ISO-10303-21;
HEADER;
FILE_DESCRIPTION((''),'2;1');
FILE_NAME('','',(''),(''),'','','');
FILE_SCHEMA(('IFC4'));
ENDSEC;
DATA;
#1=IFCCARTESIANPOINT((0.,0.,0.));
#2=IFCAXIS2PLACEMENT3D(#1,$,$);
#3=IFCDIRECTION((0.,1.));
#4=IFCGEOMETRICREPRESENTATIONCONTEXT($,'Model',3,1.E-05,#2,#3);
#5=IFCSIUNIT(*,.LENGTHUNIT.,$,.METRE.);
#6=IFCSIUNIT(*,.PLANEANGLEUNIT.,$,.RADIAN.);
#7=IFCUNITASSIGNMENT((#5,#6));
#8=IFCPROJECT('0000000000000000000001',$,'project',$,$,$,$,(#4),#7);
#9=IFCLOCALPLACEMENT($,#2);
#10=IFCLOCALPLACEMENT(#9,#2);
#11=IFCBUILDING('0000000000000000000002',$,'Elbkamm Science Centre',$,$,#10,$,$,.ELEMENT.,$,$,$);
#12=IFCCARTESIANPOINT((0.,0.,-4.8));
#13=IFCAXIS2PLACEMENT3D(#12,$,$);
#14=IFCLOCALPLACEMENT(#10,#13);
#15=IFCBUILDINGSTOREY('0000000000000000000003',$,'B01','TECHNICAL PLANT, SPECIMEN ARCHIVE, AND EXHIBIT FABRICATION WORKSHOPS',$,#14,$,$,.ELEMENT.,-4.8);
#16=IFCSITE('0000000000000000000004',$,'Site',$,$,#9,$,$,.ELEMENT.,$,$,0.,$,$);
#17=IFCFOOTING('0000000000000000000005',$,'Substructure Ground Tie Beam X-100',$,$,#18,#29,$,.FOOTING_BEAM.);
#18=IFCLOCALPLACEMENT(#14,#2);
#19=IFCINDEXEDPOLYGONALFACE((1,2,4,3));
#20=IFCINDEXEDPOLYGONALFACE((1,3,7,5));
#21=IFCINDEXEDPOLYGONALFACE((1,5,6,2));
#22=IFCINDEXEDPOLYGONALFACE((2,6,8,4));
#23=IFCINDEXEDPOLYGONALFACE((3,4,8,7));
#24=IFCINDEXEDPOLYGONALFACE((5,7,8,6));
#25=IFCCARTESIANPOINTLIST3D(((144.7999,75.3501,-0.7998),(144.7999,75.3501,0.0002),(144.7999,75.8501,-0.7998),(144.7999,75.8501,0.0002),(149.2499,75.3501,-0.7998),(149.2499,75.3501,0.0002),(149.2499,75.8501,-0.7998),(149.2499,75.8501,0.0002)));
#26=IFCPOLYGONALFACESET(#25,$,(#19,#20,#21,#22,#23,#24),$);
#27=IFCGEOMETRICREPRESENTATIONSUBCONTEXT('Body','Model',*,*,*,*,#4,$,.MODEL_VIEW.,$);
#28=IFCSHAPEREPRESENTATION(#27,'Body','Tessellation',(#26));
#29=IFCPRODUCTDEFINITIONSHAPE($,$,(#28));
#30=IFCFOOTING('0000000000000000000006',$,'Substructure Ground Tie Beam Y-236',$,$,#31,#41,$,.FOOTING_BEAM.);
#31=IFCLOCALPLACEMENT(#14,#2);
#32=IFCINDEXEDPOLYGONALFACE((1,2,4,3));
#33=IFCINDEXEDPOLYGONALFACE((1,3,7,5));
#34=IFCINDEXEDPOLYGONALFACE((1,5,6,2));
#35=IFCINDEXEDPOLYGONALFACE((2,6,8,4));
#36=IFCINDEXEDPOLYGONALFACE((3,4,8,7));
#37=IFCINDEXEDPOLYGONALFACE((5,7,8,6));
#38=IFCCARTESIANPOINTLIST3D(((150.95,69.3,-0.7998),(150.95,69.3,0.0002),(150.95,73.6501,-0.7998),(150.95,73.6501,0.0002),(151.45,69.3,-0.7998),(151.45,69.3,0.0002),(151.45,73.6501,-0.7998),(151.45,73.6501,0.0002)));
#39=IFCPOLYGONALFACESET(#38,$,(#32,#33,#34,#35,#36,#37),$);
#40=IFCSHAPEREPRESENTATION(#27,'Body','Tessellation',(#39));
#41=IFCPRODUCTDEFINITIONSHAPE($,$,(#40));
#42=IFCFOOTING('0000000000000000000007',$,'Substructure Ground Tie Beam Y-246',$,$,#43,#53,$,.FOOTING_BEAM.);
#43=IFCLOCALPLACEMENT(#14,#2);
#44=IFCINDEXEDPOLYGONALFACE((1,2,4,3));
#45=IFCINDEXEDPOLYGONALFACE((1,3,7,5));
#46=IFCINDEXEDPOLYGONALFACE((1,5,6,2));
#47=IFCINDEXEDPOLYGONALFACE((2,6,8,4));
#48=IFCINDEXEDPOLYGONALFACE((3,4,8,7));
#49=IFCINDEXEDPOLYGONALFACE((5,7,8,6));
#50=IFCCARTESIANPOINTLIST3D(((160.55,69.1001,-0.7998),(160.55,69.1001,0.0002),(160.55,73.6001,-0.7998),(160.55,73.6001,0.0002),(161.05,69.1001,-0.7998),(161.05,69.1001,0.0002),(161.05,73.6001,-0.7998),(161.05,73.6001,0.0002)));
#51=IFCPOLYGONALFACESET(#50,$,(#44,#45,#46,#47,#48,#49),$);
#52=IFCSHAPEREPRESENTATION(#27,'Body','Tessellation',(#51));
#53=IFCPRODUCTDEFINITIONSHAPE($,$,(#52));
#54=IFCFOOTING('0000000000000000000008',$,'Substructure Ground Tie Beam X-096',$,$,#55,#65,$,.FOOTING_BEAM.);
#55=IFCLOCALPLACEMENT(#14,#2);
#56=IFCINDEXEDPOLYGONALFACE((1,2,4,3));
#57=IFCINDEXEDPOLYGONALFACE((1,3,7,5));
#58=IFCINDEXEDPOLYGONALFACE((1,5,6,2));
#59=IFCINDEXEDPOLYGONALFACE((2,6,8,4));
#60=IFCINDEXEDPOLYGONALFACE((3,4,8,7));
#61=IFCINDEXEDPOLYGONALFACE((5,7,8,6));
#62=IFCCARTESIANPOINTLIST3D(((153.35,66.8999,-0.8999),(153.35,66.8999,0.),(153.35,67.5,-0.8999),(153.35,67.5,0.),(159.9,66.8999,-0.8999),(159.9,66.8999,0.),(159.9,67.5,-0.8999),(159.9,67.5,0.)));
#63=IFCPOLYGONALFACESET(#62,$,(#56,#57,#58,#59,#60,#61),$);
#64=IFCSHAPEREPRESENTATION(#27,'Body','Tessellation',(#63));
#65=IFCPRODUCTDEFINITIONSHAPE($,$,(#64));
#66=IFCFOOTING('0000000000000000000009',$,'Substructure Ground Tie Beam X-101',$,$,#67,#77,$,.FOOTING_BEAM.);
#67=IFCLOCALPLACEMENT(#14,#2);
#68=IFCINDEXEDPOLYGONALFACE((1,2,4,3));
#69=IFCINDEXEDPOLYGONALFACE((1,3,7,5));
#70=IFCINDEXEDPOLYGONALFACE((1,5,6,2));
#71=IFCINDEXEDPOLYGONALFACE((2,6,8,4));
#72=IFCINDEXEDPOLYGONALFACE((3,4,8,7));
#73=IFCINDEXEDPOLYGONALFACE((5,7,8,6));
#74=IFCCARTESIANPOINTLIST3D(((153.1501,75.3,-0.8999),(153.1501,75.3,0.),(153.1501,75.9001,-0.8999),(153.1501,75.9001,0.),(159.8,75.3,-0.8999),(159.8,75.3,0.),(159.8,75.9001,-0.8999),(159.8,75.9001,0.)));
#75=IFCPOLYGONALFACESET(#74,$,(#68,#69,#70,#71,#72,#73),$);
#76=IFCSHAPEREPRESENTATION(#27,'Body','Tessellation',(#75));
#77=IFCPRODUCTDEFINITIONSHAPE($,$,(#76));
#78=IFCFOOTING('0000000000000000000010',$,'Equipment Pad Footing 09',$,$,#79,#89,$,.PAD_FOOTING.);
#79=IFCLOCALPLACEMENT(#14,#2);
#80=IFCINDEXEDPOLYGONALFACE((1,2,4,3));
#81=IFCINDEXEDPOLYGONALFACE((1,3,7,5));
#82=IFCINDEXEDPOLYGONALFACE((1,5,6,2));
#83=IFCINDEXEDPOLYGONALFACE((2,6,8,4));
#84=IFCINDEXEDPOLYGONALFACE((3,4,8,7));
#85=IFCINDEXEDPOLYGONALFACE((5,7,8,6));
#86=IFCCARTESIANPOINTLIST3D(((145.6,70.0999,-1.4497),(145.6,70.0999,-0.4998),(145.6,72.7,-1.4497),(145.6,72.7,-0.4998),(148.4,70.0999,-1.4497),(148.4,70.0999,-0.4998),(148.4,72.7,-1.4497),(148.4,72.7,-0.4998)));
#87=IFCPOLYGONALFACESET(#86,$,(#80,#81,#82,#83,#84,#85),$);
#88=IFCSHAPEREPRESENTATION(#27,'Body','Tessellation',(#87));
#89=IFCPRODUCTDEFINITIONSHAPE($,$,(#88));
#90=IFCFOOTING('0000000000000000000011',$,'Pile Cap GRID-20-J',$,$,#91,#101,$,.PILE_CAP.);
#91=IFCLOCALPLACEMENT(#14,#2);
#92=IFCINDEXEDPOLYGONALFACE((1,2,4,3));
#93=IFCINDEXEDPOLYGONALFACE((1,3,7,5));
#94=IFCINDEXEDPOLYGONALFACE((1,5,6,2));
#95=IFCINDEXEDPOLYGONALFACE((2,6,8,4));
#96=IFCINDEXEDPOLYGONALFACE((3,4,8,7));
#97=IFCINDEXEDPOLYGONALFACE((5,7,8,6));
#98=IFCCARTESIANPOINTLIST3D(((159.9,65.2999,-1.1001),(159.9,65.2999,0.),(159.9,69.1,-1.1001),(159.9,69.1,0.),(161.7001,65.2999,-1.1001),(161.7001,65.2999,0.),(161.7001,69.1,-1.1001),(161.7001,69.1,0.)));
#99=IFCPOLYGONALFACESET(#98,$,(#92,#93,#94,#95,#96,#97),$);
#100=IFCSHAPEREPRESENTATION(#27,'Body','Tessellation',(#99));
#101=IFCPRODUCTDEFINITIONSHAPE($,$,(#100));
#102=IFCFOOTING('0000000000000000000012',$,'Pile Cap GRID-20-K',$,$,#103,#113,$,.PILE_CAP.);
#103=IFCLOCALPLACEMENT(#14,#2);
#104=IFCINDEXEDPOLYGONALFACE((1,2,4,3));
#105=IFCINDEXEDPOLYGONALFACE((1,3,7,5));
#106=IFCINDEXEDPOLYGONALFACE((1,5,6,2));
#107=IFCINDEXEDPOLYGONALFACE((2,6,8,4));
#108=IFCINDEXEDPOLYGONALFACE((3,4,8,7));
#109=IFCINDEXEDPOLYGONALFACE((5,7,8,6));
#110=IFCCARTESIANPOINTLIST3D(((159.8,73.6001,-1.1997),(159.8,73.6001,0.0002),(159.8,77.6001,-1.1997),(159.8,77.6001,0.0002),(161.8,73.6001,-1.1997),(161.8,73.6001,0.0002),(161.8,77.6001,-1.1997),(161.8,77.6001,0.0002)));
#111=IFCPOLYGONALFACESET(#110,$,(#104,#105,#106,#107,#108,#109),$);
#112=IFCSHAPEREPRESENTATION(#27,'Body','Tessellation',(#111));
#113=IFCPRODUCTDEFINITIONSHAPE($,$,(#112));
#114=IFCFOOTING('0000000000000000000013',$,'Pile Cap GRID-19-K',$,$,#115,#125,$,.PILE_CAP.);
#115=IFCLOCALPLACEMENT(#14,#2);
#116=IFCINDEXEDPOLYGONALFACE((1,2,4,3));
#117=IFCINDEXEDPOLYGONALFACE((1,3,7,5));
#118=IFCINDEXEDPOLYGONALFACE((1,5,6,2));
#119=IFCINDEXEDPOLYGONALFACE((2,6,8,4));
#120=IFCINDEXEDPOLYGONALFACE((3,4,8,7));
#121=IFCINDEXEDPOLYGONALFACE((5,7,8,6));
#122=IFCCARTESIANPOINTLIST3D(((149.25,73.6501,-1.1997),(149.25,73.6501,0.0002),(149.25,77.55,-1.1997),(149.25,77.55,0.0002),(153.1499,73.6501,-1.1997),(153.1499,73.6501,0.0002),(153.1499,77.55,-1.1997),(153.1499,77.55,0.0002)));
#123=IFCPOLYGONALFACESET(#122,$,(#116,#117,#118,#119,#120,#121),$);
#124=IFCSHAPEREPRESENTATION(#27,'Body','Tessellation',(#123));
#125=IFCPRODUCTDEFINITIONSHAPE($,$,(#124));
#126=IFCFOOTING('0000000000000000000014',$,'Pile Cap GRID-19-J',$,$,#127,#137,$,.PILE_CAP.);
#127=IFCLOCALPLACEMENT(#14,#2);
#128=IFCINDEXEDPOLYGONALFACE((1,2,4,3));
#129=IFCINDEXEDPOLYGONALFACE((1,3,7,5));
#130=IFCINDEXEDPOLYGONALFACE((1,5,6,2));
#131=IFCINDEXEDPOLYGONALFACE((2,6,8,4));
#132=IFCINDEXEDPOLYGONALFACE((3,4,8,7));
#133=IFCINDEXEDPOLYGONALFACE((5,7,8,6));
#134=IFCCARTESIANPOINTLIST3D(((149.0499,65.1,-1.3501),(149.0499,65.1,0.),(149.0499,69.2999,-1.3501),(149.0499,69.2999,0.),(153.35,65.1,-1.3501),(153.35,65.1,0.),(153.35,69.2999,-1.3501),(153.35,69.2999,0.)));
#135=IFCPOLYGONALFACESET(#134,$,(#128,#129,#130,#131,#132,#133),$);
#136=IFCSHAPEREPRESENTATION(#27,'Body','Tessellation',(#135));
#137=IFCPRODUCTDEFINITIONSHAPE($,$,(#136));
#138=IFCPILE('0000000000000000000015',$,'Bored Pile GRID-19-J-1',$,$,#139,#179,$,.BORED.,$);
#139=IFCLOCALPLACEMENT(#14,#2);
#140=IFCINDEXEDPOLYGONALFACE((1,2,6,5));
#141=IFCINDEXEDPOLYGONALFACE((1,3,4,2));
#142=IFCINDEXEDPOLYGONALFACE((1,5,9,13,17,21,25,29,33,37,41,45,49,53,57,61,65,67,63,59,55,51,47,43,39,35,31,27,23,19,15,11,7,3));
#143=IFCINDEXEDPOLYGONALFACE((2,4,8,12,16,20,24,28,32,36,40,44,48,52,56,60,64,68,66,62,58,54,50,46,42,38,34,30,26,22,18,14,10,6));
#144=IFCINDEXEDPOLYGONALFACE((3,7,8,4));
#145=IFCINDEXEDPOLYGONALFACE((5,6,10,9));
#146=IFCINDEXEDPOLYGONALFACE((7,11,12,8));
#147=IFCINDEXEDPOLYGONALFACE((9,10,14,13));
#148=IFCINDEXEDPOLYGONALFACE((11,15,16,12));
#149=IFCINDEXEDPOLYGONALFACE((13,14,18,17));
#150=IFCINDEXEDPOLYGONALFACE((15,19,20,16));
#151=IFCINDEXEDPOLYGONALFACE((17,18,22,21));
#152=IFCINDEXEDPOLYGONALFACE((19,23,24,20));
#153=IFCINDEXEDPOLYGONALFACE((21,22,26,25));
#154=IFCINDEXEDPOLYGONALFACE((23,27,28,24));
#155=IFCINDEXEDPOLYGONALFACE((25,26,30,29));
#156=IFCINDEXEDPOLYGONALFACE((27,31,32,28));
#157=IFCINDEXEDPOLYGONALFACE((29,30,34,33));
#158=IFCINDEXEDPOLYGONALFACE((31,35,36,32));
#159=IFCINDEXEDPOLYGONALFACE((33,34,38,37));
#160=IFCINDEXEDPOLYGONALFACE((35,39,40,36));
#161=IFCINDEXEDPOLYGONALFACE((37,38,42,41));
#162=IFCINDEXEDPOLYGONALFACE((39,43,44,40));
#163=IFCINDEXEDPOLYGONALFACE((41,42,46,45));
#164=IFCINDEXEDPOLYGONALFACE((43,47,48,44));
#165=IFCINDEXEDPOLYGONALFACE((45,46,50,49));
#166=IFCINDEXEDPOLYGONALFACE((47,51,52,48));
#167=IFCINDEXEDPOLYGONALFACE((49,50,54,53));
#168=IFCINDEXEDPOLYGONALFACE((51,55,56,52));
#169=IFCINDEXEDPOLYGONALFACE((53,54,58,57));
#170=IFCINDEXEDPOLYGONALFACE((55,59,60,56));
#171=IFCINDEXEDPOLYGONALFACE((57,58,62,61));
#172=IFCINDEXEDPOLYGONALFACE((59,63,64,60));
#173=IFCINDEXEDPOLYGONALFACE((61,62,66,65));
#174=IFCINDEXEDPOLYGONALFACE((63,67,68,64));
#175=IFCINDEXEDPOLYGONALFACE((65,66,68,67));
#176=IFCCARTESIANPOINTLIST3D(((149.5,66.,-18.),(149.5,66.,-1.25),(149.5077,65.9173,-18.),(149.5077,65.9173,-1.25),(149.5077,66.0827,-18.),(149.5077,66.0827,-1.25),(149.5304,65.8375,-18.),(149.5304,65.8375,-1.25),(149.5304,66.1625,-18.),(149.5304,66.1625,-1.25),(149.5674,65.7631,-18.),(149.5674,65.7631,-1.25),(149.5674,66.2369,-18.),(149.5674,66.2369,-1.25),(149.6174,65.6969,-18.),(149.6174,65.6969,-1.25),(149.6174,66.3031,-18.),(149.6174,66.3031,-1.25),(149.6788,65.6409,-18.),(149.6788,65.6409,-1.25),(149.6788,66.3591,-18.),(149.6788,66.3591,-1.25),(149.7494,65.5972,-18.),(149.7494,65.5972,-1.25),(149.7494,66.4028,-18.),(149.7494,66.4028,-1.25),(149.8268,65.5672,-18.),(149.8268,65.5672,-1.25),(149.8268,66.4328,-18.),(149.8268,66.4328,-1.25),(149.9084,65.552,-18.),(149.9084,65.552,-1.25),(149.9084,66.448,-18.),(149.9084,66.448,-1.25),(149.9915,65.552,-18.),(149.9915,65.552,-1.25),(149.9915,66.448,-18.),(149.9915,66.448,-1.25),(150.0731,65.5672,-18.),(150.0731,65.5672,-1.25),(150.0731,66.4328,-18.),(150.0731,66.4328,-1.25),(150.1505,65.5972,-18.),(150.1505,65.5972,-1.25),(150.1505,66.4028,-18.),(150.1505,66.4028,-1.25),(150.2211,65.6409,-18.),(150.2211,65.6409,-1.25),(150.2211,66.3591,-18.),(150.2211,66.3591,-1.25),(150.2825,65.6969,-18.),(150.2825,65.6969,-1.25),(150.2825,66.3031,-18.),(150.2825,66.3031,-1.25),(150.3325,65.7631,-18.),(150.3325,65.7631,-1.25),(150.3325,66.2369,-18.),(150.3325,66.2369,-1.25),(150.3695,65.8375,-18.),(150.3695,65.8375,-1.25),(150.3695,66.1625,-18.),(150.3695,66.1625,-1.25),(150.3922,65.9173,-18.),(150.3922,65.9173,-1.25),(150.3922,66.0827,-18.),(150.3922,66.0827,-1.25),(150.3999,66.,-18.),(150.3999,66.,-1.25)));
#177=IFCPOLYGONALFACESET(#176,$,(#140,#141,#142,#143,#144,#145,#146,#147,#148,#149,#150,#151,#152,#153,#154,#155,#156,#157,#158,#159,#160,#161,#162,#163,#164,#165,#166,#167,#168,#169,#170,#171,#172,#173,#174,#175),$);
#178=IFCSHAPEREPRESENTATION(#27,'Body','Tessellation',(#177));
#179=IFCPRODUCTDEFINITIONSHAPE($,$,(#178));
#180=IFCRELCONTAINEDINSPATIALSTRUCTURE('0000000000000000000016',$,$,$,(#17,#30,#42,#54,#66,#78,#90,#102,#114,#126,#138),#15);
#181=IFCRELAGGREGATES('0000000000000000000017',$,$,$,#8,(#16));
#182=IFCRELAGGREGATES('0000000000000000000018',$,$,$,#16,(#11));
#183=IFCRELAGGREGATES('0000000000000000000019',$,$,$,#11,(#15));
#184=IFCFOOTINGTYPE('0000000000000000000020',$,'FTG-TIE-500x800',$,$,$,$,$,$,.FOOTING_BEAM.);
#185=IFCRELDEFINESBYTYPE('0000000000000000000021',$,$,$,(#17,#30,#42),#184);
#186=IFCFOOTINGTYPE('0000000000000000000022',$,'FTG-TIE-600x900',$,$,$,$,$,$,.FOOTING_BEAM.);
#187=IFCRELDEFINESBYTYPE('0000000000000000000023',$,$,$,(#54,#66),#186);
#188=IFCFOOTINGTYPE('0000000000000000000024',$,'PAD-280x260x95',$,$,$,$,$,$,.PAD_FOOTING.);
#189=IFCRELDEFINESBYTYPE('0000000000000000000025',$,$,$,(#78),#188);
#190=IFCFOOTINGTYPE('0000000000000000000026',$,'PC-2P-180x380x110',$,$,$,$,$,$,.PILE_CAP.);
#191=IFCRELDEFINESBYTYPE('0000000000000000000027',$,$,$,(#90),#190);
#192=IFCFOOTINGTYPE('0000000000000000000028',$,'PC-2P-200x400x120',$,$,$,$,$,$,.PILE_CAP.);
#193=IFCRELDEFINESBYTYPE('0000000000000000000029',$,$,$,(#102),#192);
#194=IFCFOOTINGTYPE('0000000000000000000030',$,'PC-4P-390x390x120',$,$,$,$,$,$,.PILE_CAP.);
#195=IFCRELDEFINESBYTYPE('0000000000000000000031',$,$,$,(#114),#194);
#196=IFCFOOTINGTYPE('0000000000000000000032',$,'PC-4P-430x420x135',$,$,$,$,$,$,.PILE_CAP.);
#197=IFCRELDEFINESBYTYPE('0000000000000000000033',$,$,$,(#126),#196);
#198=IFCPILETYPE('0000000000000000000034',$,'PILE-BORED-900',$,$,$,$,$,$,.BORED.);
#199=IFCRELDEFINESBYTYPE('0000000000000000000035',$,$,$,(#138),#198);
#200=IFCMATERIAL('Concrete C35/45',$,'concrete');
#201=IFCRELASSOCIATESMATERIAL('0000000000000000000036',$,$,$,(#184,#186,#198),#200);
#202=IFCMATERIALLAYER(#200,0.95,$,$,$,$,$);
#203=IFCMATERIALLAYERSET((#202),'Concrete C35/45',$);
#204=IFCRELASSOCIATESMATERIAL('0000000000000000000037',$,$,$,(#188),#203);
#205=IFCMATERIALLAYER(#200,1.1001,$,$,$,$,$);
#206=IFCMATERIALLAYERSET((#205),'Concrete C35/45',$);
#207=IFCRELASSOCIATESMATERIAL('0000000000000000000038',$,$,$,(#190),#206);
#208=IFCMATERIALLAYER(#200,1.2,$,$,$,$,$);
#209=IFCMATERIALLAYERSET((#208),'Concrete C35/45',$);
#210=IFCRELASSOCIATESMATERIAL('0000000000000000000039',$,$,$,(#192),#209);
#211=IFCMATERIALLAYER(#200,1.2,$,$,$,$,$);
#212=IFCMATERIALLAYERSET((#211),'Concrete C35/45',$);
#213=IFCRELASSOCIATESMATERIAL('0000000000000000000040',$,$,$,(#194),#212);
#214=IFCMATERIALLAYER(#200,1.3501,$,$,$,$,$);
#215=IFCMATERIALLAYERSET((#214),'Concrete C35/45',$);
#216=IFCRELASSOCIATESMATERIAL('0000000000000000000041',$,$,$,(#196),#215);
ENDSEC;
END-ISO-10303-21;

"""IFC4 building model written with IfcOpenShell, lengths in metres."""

from ifc_helpers import new_model, si_unit, direction, frame, origin, origin_2d, place, context, subcontext, project, spatial, rectangle, circle, extrude, material, layer, layer_set, material_profile, profile_set, type_object, element, save


model = new_model("IFC4")

# Units and contexts
model_context = context("Model", 3, precision=1e-05, world=origin(), true_north=direction((0.0, 1.0)))
body_context = subcontext(model_context, "Body", "Model", "MODEL_VIEW")
ifc_project = project(units=[si_unit("LENGTHUNIT", "METRE"), si_unit("PLANEANGLEUNIT", "RADIAN")], contexts=[model_context])

# Site, building, storey
site_placement = place(None, origin())
site = spatial("IfcSite", under=ifc_project, at=site_placement, Name="Site", CompositionType="ELEMENT", RefElevation=0.0)
building_placement = place(site_placement, origin())
building = spatial("IfcBuilding", under=site, at=building_placement, Name="Elbkamm Science Centre", CompositionType="ELEMENT")
storey_placement = place(building_placement, frame((0.0, 0.0, -4.8)))
storey = spatial("IfcBuildingStorey", under=building, at=storey_placement, Name="B01", Description="TECHNICAL PLANT, SPECIMEN ARCHIVE, AND EXHIBIT FABRICATION WORKSHOPS", CompositionType="ELEMENT", Elevation=-4.8)

# Footings
ifc_material_1 = material(Name="Concrete C35/45", Category="concrete")
footing_type_1 = type_object("IfcFootingType", Name="FTG-TIE-500x800", PredefinedType="FOOTING_BEAM", material=ifc_material_1)
footing_1_placement = place(storey_placement, frame((147.0249, 75.6001, -0.7998), z_axis=(0.0, 0.0, 1.0), x_axis=(1.0, 0.0, 0.0)))
element("IfcFooting", 1, at=footing_1_placement, inside=storey, type_object=footing_type_1, Name="Substructure Ground Tie Beam X-100", PredefinedType="FOOTING_BEAM", context=body_context, shape_type="SweptSolid", body=[
    extrude(rectangle(XDim=4.45, YDim=0.5, at=origin_2d()), origin(), (0.0, 0.0, 1.0), 0.8),
])
footing_2_placement = place(storey_placement, frame((151.2, 71.4751, -0.7998), z_axis=(0.0, 0.0, 1.0), x_axis=(1.0, 0.0, 0.0)))
element("IfcFooting", 2, at=footing_2_placement, inside=storey, type_object=footing_type_1, Name="Substructure Ground Tie Beam Y-236", PredefinedType="FOOTING_BEAM", context=body_context, shape_type="SweptSolid", body=[
    extrude(rectangle(XDim=0.5, YDim=4.3501, at=origin_2d()), origin(), (0.0, 0.0, 1.0), 0.8),
])
footing_3_placement = place(storey_placement, frame((160.8, 71.3501, -0.7998), z_axis=(0.0, 0.0, 1.0), x_axis=(1.0, 0.0, 0.0)))
element("IfcFooting", 3, at=footing_3_placement, inside=storey, type_object=footing_type_1, Name="Substructure Ground Tie Beam Y-246", PredefinedType="FOOTING_BEAM", context=body_context, shape_type="SweptSolid", body=[
    extrude(rectangle(XDim=0.5, YDim=4.5, at=origin_2d()), origin(), (0.0, 0.0, 1.0), 0.8),
])
footing_type_2 = type_object("IfcFootingType", Name="FTG-TIE-600x900", PredefinedType="FOOTING_BEAM", material=ifc_material_1)
footing_4_placement = place(storey_placement, frame((156.625, 67.2, -0.8999), z_axis=(0.0, 0.0, 1.0), x_axis=(1.0, 0.0, 0.0)))
element("IfcFooting", 4, at=footing_4_placement, inside=storey, type_object=footing_type_2, Name="Substructure Ground Tie Beam X-096", PredefinedType="FOOTING_BEAM", context=body_context, shape_type="SweptSolid", body=[
    extrude(rectangle(XDim=6.55, YDim=0.6001, at=origin_2d()), origin(), (0.0, 0.0, 1.0), 0.8999),
])
footing_5_placement = place(storey_placement, frame((156.4751, 75.6001, -0.8999), z_axis=(0.0, 0.0, 1.0), x_axis=(1.0, 0.0, 0.0)))
element("IfcFooting", 5, at=footing_5_placement, inside=storey, type_object=footing_type_2, Name="Substructure Ground Tie Beam X-101", PredefinedType="FOOTING_BEAM", context=body_context, shape_type="SweptSolid", body=[
    extrude(rectangle(XDim=6.6499, YDim=0.6001, at=origin_2d()), origin(), (0.0, 0.0, 1.0), 0.8999),
])
ifc_layer_1 = layer(ifc_material_1, 0.95)
ifc_layer_set_1 = layer_set([ifc_layer_1], Name="Concrete C35/45")
footing_type_3 = type_object("IfcFootingType", Name="PAD-280x260x95", PredefinedType="PAD_FOOTING", material=ifc_layer_set_1)
footing_6_placement = place(storey_placement, frame((147.0, 71.3999, -1.4497), z_axis=(0.0, 0.0, 1.0), x_axis=(1.0, 0.0, 0.0)))
element("IfcFooting", 6, at=footing_6_placement, inside=storey, type_object=footing_type_3, Name="Equipment Pad Footing 09", PredefinedType="PAD_FOOTING", context=body_context, shape_type="SweptSolid", body=[
    extrude(rectangle(XDim=2.8, YDim=2.6001, at=origin_2d()), origin(), (0.0, 0.0, 1.0), 0.95),
])
ifc_layer_2 = layer(ifc_material_1, 1.1001)
ifc_layer_set_2 = layer_set([ifc_layer_2], Name="Concrete C35/45")
footing_type_4 = type_object("IfcFootingType", Name="PC-2P-180x380x110", PredefinedType="PILE_CAP", material=ifc_layer_set_2)
footing_7_placement = place(storey_placement, frame((160.8, 67.2, -1.1001), z_axis=(0.0, 0.0, 1.0), x_axis=(1.0, 0.0, 0.0)))
element("IfcFooting", 7, at=footing_7_placement, inside=storey, type_object=footing_type_4, Name="Pile Cap GRID-20-J", PredefinedType="PILE_CAP", context=body_context, shape_type="SweptSolid", body=[
    extrude(rectangle(XDim=1.8, YDim=3.8, at=origin_2d()), origin(), (0.0, 0.0, 1.0), 1.1001),
])
ifc_layer_3 = layer(ifc_material_1, 1.2)
ifc_layer_set_3 = layer_set([ifc_layer_3], Name="Concrete C35/45")
footing_type_5 = type_object("IfcFootingType", Name="PC-2P-200x400x120", PredefinedType="PILE_CAP", material=ifc_layer_set_3)
footing_8_placement = place(storey_placement, frame((160.8, 75.6001, -1.1997), z_axis=(0.0, 0.0, 1.0), x_axis=(1.0, 0.0, 0.0)))
element("IfcFooting", 8, at=footing_8_placement, inside=storey, type_object=footing_type_5, Name="Pile Cap GRID-20-K", PredefinedType="PILE_CAP", context=body_context, shape_type="SweptSolid", body=[
    extrude(rectangle(XDim=2.0, YDim=4.0, at=origin_2d()), origin(), (0.0, 0.0, 1.0), 1.2),
])
ifc_layer_4 = layer(ifc_material_1, 1.2)
ifc_layer_set_4 = layer_set([ifc_layer_4], Name="Concrete C35/45")
footing_type_6 = type_object("IfcFootingType", Name="PC-4P-390x390x120", PredefinedType="PILE_CAP", material=ifc_layer_set_4)
footing_9_placement = place(storey_placement, frame((151.2, 75.6001, -1.1997), z_axis=(0.0, 0.0, 1.0), x_axis=(1.0, 0.0, 0.0)))
element("IfcFooting", 9, at=footing_9_placement, inside=storey, type_object=footing_type_6, Name="Pile Cap GRID-19-K", PredefinedType="PILE_CAP", context=body_context, shape_type="SweptSolid", body=[
    extrude(rectangle(XDim=3.8999, YDim=3.8999, at=origin_2d()), origin(), (0.0, 0.0, 1.0), 1.2),
])
ifc_layer_5 = layer(ifc_material_1, 1.3501)
ifc_layer_set_5 = layer_set([ifc_layer_5], Name="Concrete C35/45")
footing_type_7 = type_object("IfcFootingType", Name="PC-4P-430x420x135", PredefinedType="PILE_CAP", material=ifc_layer_set_5)
footing_10_placement = place(storey_placement, frame((151.2, 67.2, -1.3501), z_axis=(0.0, 0.0, 1.0), x_axis=(1.0, 0.0, 0.0)))
element("IfcFooting", 10, at=footing_10_placement, inside=storey, type_object=footing_type_7, Name="Pile Cap GRID-19-J", PredefinedType="PILE_CAP", context=body_context, shape_type="SweptSolid", body=[
    extrude(rectangle(XDim=4.3, YDim=4.2, at=origin_2d()), origin(), (0.0, 0.0, 1.0), 1.3501),
])

# Pile
ifc_material_profile_1 = material_profile(ifc_material_1, circle(Radius=0.45, at=origin_2d()), Name="PILE D900")
ifc_profile_set_1 = profile_set([ifc_material_profile_1], Name="Concrete C35/45")
pile_type = type_object("IfcPileType", Name="PILE-BORED-900", PredefinedType="BORED", material=ifc_profile_set_1)
for number, where, z_axis, x_axis, name in (
    (11, (149.95, 66.0, -1.25), (0.0, 0.0, -1.0), (1.0, 0.0, 0.0), "Bored Pile GRID-19-J-1"),
):
    element("IfcPile", number, at=place(storey_placement, frame(where, z_axis=z_axis, x_axis=x_axis)), inside=storey, type_object=pile_type, Name=name, PredefinedType="BORED", context=body_context, shape_type="SweptSolid", body=[
        extrude(circle(Radius=0.45, at=origin_2d()), origin(), (0.0, 0.0, 1.0), 16.75),
    ])

save(model, "model.ifc")
